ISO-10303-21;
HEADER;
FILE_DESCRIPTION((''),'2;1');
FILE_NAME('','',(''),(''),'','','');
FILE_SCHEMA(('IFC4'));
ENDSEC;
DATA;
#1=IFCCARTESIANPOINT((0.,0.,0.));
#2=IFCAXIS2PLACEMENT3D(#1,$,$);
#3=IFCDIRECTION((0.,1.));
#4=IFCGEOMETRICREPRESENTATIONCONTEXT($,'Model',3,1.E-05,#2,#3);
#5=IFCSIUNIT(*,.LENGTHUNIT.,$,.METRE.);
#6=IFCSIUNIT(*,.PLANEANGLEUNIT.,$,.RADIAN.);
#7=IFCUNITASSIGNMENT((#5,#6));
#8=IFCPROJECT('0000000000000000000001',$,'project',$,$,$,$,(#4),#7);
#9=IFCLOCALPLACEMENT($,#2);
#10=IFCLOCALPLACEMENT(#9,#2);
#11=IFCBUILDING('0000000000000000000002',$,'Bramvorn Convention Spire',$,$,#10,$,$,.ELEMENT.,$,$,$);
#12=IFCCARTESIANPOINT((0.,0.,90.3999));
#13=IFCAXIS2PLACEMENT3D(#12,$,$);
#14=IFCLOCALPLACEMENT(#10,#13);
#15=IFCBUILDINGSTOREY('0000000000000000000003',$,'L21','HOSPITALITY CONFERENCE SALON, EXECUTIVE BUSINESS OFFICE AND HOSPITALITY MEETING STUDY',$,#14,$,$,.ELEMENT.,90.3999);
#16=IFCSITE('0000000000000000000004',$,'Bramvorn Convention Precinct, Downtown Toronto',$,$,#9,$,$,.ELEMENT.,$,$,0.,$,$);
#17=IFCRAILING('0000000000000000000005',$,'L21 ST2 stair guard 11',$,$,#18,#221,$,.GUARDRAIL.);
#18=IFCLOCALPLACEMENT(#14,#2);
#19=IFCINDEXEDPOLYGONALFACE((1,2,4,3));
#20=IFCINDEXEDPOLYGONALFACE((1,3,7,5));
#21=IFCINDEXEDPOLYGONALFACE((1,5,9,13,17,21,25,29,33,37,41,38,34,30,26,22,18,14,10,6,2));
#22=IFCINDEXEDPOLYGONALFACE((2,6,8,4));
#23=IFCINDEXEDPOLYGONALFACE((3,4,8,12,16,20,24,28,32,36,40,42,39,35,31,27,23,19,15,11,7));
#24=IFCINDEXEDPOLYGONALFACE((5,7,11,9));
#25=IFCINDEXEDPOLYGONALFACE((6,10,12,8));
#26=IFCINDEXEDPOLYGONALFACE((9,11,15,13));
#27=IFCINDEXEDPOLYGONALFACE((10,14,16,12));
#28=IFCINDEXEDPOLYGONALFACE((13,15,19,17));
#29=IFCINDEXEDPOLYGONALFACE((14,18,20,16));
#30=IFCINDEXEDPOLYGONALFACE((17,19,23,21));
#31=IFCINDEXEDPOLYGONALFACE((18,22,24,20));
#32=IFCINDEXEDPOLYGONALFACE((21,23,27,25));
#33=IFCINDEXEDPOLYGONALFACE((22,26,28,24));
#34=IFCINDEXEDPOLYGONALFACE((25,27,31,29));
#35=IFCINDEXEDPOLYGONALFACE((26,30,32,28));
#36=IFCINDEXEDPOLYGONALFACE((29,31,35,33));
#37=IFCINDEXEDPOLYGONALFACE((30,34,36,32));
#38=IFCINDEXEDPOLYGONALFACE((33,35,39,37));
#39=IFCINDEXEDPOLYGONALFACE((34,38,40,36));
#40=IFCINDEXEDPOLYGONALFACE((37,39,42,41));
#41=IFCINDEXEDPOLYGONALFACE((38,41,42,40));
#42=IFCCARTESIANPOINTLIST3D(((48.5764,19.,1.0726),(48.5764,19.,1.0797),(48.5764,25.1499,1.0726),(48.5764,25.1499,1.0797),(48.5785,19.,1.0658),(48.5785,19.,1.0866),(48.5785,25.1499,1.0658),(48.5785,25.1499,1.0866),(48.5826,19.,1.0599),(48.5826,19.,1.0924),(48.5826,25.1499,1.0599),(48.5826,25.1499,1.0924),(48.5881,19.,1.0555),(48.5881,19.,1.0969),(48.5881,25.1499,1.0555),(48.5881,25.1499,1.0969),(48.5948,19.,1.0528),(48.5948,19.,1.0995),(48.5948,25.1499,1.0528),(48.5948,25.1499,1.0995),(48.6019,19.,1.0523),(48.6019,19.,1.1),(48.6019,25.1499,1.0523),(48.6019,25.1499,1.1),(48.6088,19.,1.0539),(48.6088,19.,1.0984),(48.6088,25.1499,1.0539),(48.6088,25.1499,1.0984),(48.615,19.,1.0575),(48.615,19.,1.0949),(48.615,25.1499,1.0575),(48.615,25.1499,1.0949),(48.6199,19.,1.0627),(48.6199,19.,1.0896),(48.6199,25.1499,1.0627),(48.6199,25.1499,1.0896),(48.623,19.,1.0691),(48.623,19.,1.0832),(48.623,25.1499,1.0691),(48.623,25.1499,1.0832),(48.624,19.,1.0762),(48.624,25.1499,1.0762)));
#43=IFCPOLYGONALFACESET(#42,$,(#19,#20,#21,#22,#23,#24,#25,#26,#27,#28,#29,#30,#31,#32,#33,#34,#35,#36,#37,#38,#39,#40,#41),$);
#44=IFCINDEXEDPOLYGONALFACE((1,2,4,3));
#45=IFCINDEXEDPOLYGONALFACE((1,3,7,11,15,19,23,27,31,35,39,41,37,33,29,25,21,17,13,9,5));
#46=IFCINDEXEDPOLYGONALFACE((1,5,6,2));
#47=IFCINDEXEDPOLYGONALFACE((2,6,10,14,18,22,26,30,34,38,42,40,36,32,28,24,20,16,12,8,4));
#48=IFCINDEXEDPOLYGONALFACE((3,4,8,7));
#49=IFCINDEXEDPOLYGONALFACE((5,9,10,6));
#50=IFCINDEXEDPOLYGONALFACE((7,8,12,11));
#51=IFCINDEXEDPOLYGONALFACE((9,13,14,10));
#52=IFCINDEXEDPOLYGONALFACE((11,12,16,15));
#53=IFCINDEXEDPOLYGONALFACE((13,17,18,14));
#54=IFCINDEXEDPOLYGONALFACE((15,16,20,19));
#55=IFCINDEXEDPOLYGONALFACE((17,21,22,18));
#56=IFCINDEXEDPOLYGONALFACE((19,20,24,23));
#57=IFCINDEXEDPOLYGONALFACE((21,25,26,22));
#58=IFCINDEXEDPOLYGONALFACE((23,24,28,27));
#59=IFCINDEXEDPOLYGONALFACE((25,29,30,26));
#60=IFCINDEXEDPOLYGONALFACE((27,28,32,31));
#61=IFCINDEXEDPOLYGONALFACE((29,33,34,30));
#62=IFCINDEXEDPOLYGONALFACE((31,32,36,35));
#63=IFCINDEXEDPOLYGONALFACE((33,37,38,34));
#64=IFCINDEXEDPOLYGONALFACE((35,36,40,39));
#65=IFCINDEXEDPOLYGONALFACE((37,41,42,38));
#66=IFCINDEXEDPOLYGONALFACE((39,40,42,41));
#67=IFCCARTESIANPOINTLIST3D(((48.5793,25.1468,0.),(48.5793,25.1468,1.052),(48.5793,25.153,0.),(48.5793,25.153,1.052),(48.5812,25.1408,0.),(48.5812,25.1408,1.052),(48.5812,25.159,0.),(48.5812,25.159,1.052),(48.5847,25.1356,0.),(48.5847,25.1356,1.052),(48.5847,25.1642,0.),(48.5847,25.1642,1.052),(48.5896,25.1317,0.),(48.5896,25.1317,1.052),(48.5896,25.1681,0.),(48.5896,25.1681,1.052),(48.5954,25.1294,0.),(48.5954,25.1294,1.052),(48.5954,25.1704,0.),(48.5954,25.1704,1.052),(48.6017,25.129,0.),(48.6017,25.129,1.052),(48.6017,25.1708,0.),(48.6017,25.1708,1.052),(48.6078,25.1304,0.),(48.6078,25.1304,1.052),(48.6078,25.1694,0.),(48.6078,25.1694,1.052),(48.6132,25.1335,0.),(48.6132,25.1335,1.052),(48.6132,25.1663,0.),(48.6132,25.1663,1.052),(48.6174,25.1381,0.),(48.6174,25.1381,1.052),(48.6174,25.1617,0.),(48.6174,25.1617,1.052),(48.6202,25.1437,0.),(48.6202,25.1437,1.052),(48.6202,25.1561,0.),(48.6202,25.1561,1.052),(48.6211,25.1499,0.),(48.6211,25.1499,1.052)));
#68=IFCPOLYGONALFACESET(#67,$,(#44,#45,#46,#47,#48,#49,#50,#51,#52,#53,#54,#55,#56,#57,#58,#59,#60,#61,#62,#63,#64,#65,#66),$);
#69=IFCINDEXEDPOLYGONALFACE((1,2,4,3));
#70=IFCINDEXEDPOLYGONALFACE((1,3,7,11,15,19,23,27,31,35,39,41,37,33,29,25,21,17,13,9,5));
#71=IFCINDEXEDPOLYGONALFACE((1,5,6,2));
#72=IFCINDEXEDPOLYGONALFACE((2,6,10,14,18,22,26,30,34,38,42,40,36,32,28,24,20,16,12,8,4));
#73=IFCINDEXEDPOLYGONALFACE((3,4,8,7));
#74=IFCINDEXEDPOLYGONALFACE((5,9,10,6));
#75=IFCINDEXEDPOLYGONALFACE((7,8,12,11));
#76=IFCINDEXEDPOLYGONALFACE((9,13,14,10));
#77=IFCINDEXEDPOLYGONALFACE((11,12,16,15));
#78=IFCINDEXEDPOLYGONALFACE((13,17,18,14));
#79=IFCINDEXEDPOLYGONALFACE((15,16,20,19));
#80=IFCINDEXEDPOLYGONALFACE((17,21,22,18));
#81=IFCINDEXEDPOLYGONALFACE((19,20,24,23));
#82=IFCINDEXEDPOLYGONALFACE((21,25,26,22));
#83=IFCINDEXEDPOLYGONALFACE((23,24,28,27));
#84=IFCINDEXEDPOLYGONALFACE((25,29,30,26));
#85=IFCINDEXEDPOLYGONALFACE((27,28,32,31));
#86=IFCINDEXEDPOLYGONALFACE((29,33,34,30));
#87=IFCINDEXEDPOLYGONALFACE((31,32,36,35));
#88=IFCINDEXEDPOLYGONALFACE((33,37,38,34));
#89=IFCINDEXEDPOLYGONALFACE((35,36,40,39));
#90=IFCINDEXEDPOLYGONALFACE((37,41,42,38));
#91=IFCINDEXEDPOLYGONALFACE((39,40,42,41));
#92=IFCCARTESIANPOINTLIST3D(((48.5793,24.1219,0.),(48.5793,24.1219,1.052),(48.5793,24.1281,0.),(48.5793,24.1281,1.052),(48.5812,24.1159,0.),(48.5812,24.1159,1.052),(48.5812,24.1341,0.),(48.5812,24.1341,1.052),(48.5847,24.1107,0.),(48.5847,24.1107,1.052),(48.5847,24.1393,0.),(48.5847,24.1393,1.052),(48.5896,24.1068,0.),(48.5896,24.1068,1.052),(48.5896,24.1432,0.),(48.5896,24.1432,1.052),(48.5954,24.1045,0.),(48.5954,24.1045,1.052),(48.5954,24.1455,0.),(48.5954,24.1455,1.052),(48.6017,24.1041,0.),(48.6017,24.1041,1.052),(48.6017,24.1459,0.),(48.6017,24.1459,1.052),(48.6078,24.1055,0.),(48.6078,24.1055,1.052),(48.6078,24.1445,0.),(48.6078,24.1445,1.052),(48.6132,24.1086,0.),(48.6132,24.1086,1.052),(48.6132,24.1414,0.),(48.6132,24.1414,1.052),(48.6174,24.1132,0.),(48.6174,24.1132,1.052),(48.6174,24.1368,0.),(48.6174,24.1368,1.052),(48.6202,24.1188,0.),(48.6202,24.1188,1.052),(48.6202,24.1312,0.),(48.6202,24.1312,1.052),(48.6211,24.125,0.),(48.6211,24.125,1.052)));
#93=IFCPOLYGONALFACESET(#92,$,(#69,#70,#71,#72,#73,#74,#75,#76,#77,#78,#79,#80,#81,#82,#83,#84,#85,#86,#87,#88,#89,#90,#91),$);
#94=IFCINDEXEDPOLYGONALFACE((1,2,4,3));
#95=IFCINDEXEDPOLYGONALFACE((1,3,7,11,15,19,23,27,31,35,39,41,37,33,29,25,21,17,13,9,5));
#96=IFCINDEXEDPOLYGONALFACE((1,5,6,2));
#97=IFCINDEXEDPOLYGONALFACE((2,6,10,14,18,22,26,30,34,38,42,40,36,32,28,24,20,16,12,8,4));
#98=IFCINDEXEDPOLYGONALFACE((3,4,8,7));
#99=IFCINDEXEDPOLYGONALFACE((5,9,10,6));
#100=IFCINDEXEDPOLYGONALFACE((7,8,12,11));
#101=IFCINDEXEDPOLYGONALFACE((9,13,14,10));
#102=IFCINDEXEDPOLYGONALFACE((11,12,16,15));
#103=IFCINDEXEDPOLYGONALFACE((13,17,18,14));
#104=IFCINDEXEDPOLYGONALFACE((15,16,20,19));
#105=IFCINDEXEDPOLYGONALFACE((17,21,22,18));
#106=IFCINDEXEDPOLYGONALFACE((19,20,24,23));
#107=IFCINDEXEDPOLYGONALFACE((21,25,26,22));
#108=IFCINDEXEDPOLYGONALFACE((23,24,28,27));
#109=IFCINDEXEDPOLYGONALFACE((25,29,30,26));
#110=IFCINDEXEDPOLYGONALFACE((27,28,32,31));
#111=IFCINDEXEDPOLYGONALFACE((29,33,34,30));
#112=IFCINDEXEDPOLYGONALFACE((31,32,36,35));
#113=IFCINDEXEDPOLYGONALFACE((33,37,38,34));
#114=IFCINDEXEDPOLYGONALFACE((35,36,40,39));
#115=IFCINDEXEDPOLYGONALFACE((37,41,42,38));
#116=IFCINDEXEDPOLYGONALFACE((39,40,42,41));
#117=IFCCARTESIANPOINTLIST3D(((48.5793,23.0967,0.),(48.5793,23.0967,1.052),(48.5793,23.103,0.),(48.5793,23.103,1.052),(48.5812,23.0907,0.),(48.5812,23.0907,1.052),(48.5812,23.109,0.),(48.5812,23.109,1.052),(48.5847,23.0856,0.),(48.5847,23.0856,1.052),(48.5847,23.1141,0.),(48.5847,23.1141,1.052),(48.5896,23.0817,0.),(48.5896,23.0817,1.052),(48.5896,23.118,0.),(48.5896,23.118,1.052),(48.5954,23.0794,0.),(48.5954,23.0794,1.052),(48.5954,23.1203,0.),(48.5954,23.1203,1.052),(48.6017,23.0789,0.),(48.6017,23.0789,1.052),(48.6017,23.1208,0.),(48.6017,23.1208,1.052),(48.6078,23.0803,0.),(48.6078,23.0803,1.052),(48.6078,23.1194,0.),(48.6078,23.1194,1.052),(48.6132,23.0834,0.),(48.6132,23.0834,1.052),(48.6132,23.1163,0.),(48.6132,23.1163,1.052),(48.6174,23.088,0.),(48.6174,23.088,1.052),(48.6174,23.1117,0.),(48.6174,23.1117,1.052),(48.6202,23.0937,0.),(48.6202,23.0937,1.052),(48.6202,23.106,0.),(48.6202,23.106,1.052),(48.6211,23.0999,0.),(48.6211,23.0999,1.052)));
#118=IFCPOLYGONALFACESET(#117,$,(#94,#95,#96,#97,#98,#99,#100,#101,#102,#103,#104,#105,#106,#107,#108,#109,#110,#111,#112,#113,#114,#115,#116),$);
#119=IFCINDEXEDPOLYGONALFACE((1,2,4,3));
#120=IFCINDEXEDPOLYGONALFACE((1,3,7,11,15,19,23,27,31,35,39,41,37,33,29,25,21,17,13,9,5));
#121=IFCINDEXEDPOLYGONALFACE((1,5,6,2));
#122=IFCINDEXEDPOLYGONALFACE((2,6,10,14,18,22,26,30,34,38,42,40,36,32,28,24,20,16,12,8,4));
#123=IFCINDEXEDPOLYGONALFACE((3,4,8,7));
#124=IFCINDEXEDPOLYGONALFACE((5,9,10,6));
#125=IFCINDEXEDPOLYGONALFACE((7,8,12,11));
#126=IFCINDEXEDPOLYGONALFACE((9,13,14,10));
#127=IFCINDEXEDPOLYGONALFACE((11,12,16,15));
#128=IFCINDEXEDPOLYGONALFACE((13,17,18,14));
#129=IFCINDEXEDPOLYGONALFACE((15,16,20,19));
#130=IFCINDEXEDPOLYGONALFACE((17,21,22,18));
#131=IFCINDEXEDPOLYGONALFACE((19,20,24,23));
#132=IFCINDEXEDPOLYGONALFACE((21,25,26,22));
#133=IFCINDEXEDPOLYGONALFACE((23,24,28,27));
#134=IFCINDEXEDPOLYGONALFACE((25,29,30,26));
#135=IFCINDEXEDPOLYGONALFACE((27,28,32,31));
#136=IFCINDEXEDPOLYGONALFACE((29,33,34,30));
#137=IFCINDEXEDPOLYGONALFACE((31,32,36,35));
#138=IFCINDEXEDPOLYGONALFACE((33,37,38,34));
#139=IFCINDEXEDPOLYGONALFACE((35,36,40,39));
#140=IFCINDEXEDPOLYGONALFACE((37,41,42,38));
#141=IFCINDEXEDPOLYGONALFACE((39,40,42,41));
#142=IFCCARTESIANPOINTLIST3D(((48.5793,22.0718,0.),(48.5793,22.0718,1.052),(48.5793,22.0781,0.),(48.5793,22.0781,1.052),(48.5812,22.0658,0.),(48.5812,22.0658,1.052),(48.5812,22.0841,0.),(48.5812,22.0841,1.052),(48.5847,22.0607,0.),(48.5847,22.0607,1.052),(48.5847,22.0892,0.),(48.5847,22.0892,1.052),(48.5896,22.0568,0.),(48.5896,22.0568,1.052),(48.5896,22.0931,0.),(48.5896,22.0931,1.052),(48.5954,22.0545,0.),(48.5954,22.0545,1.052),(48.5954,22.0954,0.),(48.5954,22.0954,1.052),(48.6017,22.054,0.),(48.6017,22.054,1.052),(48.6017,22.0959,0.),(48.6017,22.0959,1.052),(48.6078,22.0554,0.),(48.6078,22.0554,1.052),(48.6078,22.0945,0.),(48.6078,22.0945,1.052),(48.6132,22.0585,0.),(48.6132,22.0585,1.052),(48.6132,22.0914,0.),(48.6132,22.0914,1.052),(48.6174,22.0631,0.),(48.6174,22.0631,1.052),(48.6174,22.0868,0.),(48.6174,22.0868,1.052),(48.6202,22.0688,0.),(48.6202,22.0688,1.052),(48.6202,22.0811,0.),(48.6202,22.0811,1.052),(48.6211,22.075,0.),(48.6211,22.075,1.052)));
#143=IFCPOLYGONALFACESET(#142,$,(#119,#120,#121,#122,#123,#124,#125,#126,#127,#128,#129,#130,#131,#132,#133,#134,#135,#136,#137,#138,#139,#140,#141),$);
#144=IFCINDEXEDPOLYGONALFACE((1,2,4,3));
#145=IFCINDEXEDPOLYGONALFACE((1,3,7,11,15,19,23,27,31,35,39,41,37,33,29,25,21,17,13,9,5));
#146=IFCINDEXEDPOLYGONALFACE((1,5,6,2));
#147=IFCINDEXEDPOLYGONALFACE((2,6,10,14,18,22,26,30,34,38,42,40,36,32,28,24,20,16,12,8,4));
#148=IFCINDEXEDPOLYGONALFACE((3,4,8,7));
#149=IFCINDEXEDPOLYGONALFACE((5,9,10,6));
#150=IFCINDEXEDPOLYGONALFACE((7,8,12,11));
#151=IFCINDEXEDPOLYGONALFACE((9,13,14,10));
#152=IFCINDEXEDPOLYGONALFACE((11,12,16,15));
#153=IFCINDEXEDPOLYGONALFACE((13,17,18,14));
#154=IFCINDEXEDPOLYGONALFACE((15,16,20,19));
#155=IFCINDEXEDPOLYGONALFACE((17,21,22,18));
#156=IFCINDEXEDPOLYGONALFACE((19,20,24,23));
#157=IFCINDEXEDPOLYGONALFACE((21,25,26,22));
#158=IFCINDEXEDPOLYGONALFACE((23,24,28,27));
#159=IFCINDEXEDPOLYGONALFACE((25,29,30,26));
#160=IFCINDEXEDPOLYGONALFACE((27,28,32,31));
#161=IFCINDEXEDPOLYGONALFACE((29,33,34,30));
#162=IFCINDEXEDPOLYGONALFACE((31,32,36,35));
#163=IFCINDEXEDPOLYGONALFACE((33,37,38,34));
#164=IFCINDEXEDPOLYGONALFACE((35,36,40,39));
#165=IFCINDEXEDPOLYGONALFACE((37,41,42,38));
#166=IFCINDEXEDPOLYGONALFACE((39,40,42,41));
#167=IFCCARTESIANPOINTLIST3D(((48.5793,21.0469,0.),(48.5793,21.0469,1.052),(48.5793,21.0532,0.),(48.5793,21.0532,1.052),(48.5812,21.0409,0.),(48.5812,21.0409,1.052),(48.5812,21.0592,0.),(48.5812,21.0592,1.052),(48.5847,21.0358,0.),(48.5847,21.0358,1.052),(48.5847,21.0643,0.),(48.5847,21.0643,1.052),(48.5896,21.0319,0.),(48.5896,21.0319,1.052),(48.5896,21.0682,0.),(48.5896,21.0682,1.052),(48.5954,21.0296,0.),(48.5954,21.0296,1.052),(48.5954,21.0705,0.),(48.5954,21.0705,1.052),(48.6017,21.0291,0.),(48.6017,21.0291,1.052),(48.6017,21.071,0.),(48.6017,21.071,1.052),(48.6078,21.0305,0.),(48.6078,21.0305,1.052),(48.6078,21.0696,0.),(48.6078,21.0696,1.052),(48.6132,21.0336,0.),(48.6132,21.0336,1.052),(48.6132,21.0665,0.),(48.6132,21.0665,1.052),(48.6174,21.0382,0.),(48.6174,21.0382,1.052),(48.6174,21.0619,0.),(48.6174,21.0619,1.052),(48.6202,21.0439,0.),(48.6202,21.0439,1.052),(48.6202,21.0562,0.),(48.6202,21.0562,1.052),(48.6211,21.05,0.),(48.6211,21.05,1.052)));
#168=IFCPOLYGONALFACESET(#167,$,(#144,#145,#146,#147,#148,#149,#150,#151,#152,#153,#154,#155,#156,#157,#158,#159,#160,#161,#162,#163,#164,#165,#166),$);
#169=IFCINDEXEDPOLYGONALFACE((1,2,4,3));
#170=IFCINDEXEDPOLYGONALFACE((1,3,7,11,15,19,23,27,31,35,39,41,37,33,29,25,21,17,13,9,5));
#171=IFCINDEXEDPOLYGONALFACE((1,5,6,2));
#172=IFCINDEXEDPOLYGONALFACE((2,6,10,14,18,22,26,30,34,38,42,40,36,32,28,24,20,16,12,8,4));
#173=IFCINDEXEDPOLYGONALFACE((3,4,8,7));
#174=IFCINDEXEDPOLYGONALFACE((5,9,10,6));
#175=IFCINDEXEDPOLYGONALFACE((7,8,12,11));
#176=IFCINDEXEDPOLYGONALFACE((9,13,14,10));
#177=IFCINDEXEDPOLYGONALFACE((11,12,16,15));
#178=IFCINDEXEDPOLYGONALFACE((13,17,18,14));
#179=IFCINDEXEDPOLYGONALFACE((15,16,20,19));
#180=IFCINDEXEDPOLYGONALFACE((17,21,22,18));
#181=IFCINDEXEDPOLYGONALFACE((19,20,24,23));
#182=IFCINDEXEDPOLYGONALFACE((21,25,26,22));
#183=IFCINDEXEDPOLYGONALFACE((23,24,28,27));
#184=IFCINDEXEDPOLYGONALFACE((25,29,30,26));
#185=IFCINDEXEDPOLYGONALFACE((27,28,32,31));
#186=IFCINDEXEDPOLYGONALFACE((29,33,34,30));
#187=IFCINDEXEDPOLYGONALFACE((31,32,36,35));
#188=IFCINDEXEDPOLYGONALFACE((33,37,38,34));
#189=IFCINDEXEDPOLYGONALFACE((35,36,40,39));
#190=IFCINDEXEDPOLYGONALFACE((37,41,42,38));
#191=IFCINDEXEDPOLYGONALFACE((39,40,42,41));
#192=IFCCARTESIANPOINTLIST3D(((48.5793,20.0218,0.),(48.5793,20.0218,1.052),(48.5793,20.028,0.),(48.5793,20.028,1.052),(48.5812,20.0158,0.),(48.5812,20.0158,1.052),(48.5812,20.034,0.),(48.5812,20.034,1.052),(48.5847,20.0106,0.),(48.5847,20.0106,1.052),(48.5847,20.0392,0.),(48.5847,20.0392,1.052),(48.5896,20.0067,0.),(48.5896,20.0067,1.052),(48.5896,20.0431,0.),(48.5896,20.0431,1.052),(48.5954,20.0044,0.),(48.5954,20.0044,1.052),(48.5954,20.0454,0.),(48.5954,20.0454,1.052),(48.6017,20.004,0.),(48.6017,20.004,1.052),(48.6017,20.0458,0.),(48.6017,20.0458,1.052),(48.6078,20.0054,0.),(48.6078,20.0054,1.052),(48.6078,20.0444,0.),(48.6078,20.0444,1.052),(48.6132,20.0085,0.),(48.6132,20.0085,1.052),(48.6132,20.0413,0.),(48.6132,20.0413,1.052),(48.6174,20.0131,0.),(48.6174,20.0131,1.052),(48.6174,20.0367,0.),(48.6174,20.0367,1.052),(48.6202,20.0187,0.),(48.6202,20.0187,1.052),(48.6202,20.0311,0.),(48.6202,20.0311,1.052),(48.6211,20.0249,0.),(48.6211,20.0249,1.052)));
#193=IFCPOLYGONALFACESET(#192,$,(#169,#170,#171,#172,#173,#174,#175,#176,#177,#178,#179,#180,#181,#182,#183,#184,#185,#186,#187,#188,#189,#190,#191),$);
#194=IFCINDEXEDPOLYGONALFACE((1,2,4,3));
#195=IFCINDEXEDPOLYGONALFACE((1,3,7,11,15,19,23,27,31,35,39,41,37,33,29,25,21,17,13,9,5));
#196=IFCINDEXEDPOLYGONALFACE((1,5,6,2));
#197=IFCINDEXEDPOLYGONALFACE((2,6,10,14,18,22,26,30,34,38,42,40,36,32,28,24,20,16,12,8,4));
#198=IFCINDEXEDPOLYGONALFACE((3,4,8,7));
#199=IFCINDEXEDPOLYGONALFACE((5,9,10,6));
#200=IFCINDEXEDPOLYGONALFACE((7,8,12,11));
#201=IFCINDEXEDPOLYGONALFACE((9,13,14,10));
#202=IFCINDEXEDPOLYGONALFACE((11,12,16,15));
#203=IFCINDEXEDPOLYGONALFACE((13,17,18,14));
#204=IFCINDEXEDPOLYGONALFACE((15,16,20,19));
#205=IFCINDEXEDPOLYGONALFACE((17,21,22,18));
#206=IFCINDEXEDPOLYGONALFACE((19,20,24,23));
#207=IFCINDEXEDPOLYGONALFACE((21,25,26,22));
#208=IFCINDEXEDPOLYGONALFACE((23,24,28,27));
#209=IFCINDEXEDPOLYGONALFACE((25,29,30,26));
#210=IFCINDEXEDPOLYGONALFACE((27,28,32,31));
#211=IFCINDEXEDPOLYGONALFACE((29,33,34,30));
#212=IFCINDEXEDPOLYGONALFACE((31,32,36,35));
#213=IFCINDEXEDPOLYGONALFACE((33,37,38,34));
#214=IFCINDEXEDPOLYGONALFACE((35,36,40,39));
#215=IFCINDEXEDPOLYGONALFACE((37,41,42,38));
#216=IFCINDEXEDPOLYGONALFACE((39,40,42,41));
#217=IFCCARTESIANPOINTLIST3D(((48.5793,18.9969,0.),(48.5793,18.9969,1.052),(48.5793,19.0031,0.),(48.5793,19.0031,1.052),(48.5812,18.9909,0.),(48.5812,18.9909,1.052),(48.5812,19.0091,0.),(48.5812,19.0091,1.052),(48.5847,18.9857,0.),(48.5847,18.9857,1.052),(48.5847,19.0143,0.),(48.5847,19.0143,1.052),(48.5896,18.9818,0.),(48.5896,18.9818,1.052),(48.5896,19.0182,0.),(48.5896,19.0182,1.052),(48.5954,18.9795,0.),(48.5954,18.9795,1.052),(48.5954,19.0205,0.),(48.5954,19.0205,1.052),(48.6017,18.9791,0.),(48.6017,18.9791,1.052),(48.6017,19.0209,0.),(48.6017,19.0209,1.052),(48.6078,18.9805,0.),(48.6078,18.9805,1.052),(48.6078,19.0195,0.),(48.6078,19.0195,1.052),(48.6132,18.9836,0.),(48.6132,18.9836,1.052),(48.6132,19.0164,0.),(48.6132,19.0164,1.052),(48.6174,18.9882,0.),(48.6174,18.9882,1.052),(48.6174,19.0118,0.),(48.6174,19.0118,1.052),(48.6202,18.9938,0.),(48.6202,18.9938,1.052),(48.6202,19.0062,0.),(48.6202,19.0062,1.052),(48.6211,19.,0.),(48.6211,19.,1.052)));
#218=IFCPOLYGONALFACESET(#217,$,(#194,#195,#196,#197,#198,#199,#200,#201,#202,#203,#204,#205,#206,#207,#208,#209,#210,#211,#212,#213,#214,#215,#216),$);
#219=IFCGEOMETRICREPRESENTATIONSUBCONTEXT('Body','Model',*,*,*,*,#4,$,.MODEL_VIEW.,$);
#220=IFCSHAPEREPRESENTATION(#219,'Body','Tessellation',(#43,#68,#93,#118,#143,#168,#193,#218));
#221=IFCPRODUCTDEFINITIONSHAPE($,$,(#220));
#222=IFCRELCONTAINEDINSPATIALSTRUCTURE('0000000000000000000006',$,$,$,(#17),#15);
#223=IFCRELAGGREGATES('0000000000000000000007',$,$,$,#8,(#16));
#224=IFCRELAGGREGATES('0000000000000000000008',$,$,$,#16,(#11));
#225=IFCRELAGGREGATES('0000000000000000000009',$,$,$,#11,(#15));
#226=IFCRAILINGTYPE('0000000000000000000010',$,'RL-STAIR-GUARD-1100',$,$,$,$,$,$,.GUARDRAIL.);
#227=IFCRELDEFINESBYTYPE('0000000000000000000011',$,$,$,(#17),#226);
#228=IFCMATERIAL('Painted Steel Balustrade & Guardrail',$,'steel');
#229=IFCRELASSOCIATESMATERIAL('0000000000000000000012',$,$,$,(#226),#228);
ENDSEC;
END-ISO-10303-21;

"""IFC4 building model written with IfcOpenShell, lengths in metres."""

from ifc_helpers import new_model, si_unit, direction, frame, origin, origin_2d, place, context, subcontext, project, spatial, circle, extrude, material, type_object, element, save


model = new_model("IFC4")

# Units and contexts
model_context = context("Model", 3, precision=1e-05, world=origin(), true_north=direction((0.0, 1.0)))
body_context = subcontext(model_context, "Body", "Model", "MODEL_VIEW")
ifc_project = project(units=[si_unit("LENGTHUNIT", "METRE"), si_unit("PLANEANGLEUNIT", "RADIAN")], contexts=[model_context])

# Site, building, storey
site_placement = place(None, origin())
site = spatial("IfcSite", under=ifc_project, at=site_placement, Name="Bramvorn Convention Precinct, Downtown Toronto", CompositionType="ELEMENT", RefElevation=0.0)
building_placement = place(site_placement, origin())
building = spatial("IfcBuilding", under=site, at=building_placement, Name="Bramvorn Convention Spire", CompositionType="ELEMENT")
storey_placement = place(building_placement, frame((0.0, 0.0, 90.3999)))
storey = spatial("IfcBuildingStorey", under=building, at=storey_placement, Name="L21", Description="HOSPITALITY CONFERENCE SALON, EXECUTIVE BUSINESS OFFICE AND HOSPITALITY MEETING STUDY", CompositionType="ELEMENT", Elevation=90.3999)

# Railing
ifc_material_1 = material(Name="Painted Steel Balustrade & Guardrail", Category="steel")
railing_type_1 = type_object("IfcRailingType", Name="RL-STAIR-GUARD-1100", PredefinedType="GUARDRAIL", material=ifc_material_1)
railing_1_placement = place(storey_placement, frame((48.6001, 25.1499, 0.0)))
element("IfcRailing", 1, at=railing_1_placement, inside=storey, type_object=railing_type_1, Name="L21 ST2 stair guard 11", PredefinedType="GUARDRAIL", context=body_context, shape_type="SweptSolid", body=[
    extrude(circle(Radius=0.0239, at=origin_2d()), frame((0.0, 0.0, 1.0762), z_axis=(0.0, -1.0, 0.0), x_axis=(1.0, 0.0, 0.0)), (0.0, 0.0, 1.0), 6.1499),
    extrude(circle(Radius=0.021, at=origin_2d()), origin(), (0.0, 0.0, 1.0), 1.052),
    extrude(circle(Radius=0.021, at=origin_2d()), frame((0.0, -1.0249, 0.0)), (0.0, 0.0, 1.0), 1.052),
    extrude(circle(Radius=0.021, at=origin_2d()), frame((0.0, -2.05, 0.0)), (0.0, 0.0, 1.0), 1.052),
    extrude(circle(Radius=0.021, at=origin_2d()), frame((0.0, -3.075, 0.0)), (0.0, 0.0, 1.0), 1.052),
    extrude(circle(Radius=0.021, at=origin_2d()), frame((0.0, -4.0999, 0.0)), (0.0, 0.0, 1.0), 1.052),
    extrude(circle(Radius=0.021, at=origin_2d()), frame((0.0, -5.125, 0.0)), (0.0, 0.0, 1.0), 1.052),
    extrude(circle(Radius=0.021, at=origin_2d()), frame((0.0, -6.1499, 0.0)), (0.0, 0.0, 1.0), 1.052),
])

save(model, "model.ifc")
